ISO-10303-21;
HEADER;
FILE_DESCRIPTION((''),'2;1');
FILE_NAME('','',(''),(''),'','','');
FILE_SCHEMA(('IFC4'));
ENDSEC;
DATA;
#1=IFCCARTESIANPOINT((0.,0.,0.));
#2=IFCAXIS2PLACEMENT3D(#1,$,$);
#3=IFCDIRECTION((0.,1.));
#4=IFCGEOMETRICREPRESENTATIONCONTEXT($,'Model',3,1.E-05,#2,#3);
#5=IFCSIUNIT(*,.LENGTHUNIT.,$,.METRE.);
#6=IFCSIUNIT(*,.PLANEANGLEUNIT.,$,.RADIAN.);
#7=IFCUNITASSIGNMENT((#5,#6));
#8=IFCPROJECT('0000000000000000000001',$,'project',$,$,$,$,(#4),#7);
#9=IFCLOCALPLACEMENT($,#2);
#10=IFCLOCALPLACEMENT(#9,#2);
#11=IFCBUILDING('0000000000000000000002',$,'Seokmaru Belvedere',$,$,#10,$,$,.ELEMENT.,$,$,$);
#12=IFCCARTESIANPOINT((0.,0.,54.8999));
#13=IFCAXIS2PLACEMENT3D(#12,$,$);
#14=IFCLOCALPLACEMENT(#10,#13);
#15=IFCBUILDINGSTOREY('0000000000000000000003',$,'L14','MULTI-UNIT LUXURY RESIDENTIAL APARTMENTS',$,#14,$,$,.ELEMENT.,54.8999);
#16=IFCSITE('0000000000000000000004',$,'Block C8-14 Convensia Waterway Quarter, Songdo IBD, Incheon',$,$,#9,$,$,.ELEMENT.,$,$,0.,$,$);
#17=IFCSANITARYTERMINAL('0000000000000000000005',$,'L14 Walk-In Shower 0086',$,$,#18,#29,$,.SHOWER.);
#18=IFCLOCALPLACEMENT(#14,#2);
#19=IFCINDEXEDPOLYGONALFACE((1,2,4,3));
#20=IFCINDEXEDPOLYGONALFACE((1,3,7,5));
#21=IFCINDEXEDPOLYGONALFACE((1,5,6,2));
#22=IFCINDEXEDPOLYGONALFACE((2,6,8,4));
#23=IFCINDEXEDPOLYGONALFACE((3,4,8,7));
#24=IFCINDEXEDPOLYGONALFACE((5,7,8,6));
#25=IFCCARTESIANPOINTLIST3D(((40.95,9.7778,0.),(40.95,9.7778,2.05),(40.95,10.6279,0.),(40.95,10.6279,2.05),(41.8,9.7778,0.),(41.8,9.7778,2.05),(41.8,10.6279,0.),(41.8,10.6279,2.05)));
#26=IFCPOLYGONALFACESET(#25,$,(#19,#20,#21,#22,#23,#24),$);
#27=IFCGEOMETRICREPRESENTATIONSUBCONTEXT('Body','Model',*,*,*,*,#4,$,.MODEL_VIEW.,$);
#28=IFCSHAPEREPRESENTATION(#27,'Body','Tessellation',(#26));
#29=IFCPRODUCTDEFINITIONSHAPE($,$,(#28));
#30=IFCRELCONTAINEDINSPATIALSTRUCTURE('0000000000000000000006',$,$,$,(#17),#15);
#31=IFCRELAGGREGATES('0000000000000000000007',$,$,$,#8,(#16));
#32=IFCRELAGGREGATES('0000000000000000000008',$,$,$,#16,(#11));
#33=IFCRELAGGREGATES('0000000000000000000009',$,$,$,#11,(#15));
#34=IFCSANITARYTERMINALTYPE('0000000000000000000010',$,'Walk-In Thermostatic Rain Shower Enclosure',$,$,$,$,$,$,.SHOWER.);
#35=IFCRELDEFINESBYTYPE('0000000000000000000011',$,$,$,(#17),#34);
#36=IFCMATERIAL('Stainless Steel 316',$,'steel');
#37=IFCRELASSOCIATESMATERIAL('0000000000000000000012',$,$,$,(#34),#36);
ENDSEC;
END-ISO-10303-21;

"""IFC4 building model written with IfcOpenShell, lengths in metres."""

from ifc_helpers import new_model, si_unit, direction, frame, origin, origin_2d, place, context, subcontext, project, spatial, rectangle, extrude, source, transform, mapped, material, type_object, type_shapes, element, save


model = new_model("IFC4")

# Units and contexts
model_context = context("Model", 3, precision=1e-05, world=origin(), true_north=direction((0.0, 1.0)))
body_context = subcontext(model_context, "Body", "Model", "MODEL_VIEW")
ifc_project = project(units=[si_unit("LENGTHUNIT", "METRE"), si_unit("PLANEANGLEUNIT", "RADIAN")], contexts=[model_context])

# Site, building, storey
site_placement = place(None, origin())
site = spatial("IfcSite", under=ifc_project, at=site_placement, Name="Block C8-14 Convensia Waterway Quarter, Songdo IBD, Incheon", CompositionType="ELEMENT", RefElevation=0.0)
building_placement = place(site_placement, origin())
building = spatial("IfcBuilding", under=site, at=building_placement, Name="Seokmaru Belvedere", CompositionType="ELEMENT")
storey_placement = place(building_placement, frame((0.0, 0.0, 54.8999)))
storey = spatial("IfcBuildingStorey", under=building, at=storey_placement, Name="L14", Description="MULTI-UNIT LUXURY RESIDENTIAL APARTMENTS", CompositionType="ELEMENT", Elevation=54.8999)

# Sanitary terminal
ifc_material_1 = material(Name="Stainless Steel 316", Category="steel")
sanitary_terminal_type_1 = type_object("IfcSanitaryTerminalType", Name="Walk-In Thermostatic Rain Shower Enclosure", PredefinedType="SHOWER", material=ifc_material_1)
shared_shape_1 = source(origin(), body_context, "Body", "SweptSolid", [
    extrude(rectangle(XDim=0.8501, YDim=0.8501, at=origin_2d()), origin(), (0.0, 0.0, 1.0), 2.05),
])
type_shapes(sanitary_terminal_type_1, [shared_shape_1])
sanitary_terminal_1_placement = place(storey_placement, frame((41.375, 10.2029, 0.0), z_axis=(0.0, 0.0, 1.0), x_axis=(1.0, 0.0, 0.0)))
element("IfcSanitaryTerminal", 1, at=sanitary_terminal_1_placement, inside=storey, type_object=sanitary_terminal_type_1, Name="L14 Walk-In Shower 0086", PredefinedType="SHOWER", context=body_context, shape_type="MappedRepresentation", body=[
    mapped(shared_shape_1, transform((0.0, 0.0, 0.0), scale=1.0)),
])

save(model, "model.ifc")
